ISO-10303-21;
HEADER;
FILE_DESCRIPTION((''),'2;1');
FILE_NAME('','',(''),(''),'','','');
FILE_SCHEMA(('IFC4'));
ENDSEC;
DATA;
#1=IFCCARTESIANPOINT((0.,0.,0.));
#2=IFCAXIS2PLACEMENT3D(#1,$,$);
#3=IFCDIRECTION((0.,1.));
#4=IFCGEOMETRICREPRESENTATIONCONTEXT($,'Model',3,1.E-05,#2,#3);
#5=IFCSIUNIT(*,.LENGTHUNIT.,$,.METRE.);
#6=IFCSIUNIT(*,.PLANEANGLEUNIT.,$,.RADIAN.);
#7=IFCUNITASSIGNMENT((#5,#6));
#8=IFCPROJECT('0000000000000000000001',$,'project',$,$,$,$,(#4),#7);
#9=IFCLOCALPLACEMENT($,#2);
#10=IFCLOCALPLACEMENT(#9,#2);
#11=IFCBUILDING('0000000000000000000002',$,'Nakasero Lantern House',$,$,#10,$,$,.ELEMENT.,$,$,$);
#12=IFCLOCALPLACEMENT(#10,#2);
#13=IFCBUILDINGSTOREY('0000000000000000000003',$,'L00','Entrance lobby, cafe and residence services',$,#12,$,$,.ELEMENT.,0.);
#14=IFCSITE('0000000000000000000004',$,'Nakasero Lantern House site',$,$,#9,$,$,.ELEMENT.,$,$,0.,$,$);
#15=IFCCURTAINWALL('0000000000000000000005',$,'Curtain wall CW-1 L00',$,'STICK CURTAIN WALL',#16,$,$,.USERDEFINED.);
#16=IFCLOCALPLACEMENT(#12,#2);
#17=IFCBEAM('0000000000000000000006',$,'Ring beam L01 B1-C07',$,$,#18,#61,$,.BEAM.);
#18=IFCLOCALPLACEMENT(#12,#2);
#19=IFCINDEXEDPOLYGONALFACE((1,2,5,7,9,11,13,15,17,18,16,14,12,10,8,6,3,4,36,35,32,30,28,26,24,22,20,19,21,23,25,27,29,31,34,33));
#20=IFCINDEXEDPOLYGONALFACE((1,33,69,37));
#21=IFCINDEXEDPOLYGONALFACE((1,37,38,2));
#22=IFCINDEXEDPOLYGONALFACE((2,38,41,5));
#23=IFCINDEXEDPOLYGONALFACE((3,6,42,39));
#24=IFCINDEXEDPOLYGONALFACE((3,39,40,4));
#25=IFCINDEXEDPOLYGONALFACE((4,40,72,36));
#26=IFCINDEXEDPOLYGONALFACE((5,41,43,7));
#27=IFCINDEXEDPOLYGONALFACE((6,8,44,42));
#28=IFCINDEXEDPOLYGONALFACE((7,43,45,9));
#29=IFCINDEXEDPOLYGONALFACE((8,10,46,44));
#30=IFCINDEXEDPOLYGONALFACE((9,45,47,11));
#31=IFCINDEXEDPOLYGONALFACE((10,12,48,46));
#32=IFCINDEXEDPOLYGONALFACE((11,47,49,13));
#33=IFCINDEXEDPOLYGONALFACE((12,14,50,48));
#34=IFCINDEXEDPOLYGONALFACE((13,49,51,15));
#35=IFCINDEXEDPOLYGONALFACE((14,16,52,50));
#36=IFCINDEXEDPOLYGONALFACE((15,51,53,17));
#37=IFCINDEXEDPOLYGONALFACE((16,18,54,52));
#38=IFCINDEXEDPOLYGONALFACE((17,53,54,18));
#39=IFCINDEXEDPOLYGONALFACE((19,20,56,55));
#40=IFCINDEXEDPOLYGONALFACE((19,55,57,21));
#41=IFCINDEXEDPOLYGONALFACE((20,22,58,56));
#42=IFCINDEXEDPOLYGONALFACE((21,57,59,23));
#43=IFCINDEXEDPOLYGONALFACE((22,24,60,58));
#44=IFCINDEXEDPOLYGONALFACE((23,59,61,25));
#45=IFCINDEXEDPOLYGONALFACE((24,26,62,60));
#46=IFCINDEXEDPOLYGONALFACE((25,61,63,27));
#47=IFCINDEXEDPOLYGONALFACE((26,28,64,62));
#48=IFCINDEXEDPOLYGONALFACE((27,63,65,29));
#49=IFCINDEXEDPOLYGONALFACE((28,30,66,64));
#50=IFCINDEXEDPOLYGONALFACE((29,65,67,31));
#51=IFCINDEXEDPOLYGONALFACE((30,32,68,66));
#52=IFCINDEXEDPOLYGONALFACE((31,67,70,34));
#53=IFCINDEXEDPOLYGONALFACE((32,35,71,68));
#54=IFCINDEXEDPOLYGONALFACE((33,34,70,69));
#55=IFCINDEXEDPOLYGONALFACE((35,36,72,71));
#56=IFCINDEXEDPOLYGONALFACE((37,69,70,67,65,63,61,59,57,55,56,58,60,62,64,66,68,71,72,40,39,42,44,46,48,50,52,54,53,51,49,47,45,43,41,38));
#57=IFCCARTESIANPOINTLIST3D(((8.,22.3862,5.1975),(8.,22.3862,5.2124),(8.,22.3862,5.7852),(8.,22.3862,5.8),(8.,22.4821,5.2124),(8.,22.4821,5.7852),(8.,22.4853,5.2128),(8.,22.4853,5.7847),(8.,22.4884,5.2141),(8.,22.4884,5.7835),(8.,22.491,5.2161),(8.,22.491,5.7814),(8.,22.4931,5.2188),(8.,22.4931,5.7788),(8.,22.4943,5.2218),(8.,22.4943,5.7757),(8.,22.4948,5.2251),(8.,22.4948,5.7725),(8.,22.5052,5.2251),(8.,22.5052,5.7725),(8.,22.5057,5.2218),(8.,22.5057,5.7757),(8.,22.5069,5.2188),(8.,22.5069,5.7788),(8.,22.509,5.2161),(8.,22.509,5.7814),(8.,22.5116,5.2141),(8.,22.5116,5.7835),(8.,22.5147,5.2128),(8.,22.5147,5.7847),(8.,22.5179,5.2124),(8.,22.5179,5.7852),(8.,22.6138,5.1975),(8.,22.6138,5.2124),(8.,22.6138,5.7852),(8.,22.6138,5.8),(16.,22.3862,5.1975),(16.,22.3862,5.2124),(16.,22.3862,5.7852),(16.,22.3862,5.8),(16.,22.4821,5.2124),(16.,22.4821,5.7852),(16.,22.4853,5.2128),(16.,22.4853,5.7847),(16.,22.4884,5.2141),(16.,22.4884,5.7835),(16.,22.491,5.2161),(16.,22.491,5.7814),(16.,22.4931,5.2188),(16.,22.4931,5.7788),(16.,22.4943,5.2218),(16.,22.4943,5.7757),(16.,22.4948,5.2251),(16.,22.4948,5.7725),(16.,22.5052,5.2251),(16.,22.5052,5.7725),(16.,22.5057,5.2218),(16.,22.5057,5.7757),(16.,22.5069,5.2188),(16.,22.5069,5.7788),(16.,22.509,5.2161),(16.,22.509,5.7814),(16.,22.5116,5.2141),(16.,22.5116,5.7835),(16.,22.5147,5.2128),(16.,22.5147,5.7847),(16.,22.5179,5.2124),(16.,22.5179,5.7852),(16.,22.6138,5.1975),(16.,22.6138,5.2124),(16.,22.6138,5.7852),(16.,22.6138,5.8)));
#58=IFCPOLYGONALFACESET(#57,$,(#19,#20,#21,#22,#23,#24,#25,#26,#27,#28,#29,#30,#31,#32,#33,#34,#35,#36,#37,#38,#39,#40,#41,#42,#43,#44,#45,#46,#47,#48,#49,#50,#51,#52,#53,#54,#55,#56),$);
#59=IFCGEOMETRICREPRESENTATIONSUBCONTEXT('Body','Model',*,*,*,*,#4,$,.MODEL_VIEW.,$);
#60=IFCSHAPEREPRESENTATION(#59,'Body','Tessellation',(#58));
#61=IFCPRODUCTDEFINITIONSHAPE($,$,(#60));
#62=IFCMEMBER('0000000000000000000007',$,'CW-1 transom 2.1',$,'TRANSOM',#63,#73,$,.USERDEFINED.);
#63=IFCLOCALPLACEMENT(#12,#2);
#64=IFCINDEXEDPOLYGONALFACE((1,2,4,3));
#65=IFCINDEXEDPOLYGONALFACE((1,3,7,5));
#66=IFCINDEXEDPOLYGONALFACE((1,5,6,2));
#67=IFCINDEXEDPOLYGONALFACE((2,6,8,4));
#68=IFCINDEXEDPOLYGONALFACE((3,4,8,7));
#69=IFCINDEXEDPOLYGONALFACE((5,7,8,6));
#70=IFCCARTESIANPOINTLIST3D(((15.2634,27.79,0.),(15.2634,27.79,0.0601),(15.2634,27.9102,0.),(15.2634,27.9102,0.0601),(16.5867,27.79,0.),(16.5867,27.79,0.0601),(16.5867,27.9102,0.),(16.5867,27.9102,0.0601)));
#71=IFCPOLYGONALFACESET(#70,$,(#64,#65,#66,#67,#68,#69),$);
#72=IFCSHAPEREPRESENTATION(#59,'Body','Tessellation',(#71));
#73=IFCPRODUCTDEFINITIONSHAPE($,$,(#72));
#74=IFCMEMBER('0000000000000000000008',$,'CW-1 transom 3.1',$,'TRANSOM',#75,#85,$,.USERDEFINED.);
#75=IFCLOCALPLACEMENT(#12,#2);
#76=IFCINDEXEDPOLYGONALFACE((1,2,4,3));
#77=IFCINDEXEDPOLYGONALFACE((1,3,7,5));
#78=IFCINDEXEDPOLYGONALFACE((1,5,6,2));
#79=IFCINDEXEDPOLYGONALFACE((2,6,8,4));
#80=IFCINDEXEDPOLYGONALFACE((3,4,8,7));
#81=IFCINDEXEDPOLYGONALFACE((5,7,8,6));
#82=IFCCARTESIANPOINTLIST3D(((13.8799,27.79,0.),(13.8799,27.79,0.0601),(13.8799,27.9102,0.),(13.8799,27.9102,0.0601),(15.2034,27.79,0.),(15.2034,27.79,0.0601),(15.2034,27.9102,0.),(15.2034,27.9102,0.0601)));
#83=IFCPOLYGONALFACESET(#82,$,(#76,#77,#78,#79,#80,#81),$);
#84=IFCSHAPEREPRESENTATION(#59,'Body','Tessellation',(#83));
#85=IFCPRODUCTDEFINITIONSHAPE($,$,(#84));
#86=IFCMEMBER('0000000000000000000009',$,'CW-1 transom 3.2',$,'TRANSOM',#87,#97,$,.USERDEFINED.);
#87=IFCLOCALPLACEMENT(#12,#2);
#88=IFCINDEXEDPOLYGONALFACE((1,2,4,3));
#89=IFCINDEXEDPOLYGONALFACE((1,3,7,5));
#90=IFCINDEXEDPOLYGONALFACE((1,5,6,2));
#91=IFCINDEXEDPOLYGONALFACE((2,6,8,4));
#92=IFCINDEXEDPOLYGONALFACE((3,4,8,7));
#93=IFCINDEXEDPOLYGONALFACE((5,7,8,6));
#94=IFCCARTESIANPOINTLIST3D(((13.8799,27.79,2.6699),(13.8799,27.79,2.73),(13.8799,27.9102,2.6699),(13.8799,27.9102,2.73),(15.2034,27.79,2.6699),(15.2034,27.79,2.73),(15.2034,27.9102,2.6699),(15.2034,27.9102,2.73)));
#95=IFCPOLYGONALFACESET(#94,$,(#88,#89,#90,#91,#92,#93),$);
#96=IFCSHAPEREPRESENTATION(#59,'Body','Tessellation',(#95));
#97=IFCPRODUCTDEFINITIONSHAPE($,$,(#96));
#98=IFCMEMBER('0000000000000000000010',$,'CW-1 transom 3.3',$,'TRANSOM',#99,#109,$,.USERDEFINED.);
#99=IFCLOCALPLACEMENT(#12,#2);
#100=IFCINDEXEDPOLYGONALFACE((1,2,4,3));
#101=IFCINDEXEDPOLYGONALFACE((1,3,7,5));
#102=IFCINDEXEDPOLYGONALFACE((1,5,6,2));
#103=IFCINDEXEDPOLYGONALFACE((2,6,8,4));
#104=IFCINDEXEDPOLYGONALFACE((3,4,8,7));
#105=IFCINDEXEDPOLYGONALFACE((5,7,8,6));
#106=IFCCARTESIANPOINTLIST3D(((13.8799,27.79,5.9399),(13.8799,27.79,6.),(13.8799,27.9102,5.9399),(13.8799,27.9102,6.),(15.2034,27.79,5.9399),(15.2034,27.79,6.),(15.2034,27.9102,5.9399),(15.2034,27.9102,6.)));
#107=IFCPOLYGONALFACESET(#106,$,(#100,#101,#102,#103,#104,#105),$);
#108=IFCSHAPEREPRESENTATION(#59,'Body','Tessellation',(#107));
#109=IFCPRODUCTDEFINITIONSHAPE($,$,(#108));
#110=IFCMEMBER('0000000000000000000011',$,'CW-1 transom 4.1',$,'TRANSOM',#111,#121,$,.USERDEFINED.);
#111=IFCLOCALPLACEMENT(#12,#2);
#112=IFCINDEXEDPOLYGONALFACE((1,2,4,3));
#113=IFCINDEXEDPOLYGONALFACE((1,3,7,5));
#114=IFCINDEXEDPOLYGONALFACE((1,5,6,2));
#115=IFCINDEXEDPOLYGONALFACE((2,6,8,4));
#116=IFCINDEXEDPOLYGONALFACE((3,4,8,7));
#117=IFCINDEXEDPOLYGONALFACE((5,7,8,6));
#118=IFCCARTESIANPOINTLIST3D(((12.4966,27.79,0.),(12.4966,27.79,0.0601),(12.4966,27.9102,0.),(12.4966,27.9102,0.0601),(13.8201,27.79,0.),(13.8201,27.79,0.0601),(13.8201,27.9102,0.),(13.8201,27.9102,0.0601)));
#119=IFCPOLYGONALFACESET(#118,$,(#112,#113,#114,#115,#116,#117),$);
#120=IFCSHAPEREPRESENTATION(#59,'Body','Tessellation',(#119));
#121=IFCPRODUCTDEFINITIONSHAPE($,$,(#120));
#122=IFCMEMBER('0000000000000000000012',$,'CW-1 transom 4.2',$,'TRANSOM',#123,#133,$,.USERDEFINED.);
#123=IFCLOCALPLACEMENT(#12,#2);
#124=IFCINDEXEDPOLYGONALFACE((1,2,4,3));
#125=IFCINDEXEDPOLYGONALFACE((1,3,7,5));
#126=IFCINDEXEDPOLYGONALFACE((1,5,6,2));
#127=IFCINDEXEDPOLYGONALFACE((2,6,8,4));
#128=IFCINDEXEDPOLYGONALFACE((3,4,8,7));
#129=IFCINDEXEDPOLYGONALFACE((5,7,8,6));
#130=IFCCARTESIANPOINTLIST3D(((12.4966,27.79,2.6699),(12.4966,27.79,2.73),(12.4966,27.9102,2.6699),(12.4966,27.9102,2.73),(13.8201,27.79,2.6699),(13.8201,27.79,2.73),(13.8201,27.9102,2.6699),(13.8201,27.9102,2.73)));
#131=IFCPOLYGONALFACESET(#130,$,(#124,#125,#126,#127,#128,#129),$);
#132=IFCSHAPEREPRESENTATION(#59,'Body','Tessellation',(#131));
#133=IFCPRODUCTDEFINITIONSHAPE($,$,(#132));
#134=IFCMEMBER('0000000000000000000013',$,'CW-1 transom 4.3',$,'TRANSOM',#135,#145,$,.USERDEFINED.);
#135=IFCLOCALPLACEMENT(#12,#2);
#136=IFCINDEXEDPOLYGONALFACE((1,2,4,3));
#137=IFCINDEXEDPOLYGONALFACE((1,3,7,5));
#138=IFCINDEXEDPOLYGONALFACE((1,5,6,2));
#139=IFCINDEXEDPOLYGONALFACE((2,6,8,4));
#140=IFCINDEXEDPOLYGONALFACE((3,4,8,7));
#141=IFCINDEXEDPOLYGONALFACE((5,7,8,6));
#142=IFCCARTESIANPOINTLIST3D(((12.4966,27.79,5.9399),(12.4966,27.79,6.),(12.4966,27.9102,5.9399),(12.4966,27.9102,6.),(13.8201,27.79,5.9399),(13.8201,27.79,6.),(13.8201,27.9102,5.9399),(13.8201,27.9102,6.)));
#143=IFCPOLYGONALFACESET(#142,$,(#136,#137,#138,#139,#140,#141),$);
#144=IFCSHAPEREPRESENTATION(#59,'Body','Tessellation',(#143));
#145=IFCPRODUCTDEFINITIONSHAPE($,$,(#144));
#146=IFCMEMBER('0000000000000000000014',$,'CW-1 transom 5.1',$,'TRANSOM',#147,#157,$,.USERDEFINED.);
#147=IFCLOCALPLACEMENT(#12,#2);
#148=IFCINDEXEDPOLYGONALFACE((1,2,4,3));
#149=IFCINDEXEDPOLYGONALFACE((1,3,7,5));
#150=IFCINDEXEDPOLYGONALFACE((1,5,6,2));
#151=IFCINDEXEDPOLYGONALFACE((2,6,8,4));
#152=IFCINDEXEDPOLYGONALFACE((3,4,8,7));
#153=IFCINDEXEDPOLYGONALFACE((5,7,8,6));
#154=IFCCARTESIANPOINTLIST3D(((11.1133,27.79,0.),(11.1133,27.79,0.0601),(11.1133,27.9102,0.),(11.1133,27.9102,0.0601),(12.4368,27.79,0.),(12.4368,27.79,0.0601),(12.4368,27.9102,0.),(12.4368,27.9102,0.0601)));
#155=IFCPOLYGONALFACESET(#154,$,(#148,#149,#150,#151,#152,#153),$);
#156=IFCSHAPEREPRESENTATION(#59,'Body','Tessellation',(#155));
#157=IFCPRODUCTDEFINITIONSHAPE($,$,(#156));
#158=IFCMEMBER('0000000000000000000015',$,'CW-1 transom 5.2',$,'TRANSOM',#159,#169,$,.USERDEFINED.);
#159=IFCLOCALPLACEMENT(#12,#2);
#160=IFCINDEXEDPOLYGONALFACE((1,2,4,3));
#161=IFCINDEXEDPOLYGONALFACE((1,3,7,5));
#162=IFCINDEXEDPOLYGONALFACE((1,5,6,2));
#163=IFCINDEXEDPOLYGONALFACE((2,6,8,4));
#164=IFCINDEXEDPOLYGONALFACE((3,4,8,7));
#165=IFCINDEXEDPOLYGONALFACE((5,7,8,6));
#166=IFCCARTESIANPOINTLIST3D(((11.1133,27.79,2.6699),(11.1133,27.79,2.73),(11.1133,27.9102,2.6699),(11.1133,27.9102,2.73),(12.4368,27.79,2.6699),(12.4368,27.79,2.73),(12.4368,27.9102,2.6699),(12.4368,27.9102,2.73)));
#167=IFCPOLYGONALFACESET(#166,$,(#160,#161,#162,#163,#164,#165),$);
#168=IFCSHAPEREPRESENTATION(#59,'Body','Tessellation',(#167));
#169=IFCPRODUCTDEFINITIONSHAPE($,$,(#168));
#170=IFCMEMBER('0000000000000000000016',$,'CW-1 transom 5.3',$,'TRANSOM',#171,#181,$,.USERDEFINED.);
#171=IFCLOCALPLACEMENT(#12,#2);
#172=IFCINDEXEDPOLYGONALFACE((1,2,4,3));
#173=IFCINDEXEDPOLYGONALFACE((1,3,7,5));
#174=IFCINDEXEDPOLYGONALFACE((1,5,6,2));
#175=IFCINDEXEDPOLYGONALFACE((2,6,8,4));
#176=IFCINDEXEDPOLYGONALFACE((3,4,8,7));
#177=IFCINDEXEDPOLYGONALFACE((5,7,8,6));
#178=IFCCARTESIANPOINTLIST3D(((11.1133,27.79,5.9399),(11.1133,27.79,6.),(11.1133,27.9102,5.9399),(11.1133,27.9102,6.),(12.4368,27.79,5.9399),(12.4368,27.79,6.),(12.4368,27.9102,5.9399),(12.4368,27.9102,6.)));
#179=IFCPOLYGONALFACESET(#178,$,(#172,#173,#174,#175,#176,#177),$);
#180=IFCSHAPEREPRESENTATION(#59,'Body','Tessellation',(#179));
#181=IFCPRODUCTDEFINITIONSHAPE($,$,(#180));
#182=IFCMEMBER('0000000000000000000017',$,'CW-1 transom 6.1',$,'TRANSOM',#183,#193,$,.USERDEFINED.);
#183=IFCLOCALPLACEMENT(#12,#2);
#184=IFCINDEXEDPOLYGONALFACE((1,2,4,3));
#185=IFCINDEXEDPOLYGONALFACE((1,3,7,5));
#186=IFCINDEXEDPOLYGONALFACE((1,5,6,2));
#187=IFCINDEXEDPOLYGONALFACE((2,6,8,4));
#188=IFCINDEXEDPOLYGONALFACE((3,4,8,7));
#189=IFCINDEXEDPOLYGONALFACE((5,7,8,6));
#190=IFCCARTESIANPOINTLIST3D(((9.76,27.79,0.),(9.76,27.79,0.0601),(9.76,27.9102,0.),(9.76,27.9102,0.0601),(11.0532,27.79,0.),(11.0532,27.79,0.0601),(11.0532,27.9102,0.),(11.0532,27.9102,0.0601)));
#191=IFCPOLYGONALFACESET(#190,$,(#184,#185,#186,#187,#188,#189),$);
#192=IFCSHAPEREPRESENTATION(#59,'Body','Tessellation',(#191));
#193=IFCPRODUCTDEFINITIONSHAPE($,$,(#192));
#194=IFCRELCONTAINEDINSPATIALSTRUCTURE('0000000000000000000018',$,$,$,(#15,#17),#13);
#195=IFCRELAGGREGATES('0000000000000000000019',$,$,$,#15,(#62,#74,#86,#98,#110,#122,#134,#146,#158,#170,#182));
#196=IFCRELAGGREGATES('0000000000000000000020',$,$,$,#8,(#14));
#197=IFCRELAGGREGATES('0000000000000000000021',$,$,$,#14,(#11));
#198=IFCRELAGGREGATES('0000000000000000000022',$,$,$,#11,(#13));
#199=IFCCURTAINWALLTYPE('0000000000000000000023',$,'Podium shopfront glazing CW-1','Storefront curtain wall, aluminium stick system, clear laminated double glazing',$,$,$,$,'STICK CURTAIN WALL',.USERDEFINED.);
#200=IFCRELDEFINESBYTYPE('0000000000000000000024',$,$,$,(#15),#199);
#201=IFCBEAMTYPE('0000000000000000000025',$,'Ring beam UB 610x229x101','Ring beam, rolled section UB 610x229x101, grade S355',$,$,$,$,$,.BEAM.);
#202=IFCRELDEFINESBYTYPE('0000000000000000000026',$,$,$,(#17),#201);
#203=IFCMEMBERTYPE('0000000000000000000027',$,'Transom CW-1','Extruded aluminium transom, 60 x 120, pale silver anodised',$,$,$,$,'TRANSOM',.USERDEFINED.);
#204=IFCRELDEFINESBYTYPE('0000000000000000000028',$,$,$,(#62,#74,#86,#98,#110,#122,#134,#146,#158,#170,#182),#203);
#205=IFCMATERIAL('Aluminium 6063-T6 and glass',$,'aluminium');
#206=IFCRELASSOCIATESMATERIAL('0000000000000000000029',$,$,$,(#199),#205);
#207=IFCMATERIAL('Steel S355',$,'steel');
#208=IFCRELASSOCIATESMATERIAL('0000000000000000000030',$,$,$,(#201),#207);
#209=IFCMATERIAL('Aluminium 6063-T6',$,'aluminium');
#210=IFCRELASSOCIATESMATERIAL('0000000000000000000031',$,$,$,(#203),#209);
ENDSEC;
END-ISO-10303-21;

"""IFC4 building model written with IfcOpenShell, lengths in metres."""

from ifc_helpers import new_model, si_unit, direction, frame, origin, origin_2d, place, context, subcontext, project, spatial, rectangle, i_section, extrude, material, material_profile, profile_set, type_object, element, aggregate, save


model = new_model("IFC4")

# Units and contexts
model_context = context("Model", 3, precision=1e-05, world=origin(), true_north=direction((0.0, 1.0)))
body_context = subcontext(model_context, "Body", "Model", "MODEL_VIEW")
ifc_project = project(units=[si_unit("LENGTHUNIT", "METRE"), si_unit("PLANEANGLEUNIT", "RADIAN")], contexts=[model_context])

# Site, building, storey
site_placement = place(None, origin())
site = spatial("IfcSite", under=ifc_project, at=site_placement, Name="Nakasero Lantern House site", CompositionType="ELEMENT", RefElevation=0.0)
building_placement = place(site_placement, origin())
building = spatial("IfcBuilding", under=site, at=building_placement, Name="Nakasero Lantern House", CompositionType="ELEMENT")
storey_placement = place(building_placement, origin())
storey = spatial("IfcBuildingStorey", under=building, at=storey_placement, Name="L00", Description="Entrance lobby, cafe and residence services", CompositionType="ELEMENT", Elevation=0.0)

# Curtain wall
ifc_material_1 = material(Name="Aluminium 6063-T6 and glass", Category="aluminium")
curtain_wall_type = type_object("IfcCurtainWallType", Name="Podium shopfront glazing CW-1", Description="Storefront curtain wall, aluminium stick system, clear laminated double glazing", ElementType="STICK CURTAIN WALL", PredefinedType="USERDEFINED", material=ifc_material_1)
curtain_wall_placement = place(storey_placement, origin())
curtain_wall = element("IfcCurtainWall", 1, at=curtain_wall_placement, inside=storey, type_object=curtain_wall_type, Name="Curtain wall CW-1 L00", ObjectType="STICK CURTAIN WALL", PredefinedType="USERDEFINED")

# Beam
ifc_material_2 = material(Name="Steel S355", Category="steel")
ifc_material_profile_1 = material_profile(ifc_material_2, i_section(OverallWidth=0.2275, OverallDepth=0.6025, WebThickness=0.0105, FlangeThickness=0.0149, FilletRadius=0.0127, at=origin_2d()), Name="UB 610x229x101")
ifc_profile_set_1 = profile_set([ifc_material_profile_1], Name="Steel S355")
beam_type_1 = type_object("IfcBeamType", Name="Ring beam UB 610x229x101", Description="Ring beam, rolled section UB 610x229x101, grade S355", PredefinedType="BEAM", material=ifc_profile_set_1)
beam_1_placement = place(storey_placement, frame((16.0, 22.5, 5.4988), z_axis=(-1.0, 0.0, 0.0), x_axis=(0.0, -1.0, 0.0)))
element("IfcBeam", 2, at=beam_1_placement, inside=storey, type_object=beam_type_1, Name="Ring beam L01 B1-C07", PredefinedType="BEAM", context=body_context, shape_type="SweptSolid", body=[
    extrude(i_section(OverallWidth=0.2275, OverallDepth=0.6025, WebThickness=0.0105, FlangeThickness=0.0149, FilletRadius=0.0127, at=origin_2d()), origin(), (0.0, 0.0, 1.0), 8.0),
])

# Members
ifc_material_3 = material(Name="Aluminium 6063-T6", Category="aluminium")
ifc_material_profile_2 = material_profile(ifc_material_3, rectangle(XDim=0.0601, YDim=0.1201, at=origin_2d()), Name="CW-1 transom 60x120")
ifc_profile_set_2 = profile_set([ifc_material_profile_2], Name="Aluminium 6063-T6")
member_type_1 = type_object("IfcMemberType", Name="Transom CW-1", Description="Extruded aluminium transom, 60 x 120, pale silver anodised", ElementType="TRANSOM", PredefinedType="USERDEFINED", material=ifc_profile_set_2)
member_1_placement = place(storey_placement, frame((16.5867, 27.8501, 0.03), z_axis=(-1.0, 0.0, 0.0), x_axis=(0.0, 0.0, 1.0)))
member_1 = element("IfcMember", 3, at=member_1_placement, type_object=member_type_1, Name="CW-1 transom 2.1", ObjectType="TRANSOM", PredefinedType="USERDEFINED", context=body_context, shape_type="SweptSolid", body=[
    extrude(rectangle(XDim=0.0601, YDim=0.1201, at=origin_2d()), origin(), (0.0, 0.0, 1.0), 1.3232),
])
member_2_placement = place(storey_placement, frame((15.2034, 27.8501, 0.03), z_axis=(-1.0, 0.0, 0.0), x_axis=(0.0, 0.0, 1.0)))
member_2 = element("IfcMember", 4, at=member_2_placement, type_object=member_type_1, Name="CW-1 transom 3.1", ObjectType="TRANSOM", PredefinedType="USERDEFINED", context=body_context, shape_type="SweptSolid", body=[
    extrude(rectangle(XDim=0.0601, YDim=0.1201, at=origin_2d()), origin(), (0.0, 0.0, 1.0), 1.3235),
])
member_3_placement = place(storey_placement, frame((15.2034, 27.8501, 2.7), z_axis=(-1.0, 0.0, 0.0), x_axis=(0.0, 0.0, 1.0)))
member_3 = element("IfcMember", 5, at=member_3_placement, type_object=member_type_1, Name="CW-1 transom 3.2", ObjectType="TRANSOM", PredefinedType="USERDEFINED", context=body_context, shape_type="SweptSolid", body=[
    extrude(rectangle(XDim=0.0601, YDim=0.1201, at=origin_2d()), origin(), (0.0, 0.0, 1.0), 1.3235),
])
member_4_placement = place(storey_placement, frame((15.2034, 27.8501, 5.97), z_axis=(-1.0, 0.0, 0.0), x_axis=(0.0, 0.0, 1.0)))
member_4 = element("IfcMember", 6, at=member_4_placement, type_object=member_type_1, Name="CW-1 transom 3.3", ObjectType="TRANSOM", PredefinedType="USERDEFINED", context=body_context, shape_type="SweptSolid", body=[
    extrude(rectangle(XDim=0.0601, YDim=0.1201, at=origin_2d()), origin(), (0.0, 0.0, 1.0), 1.3235),
])
member_5_placement = place(storey_placement, frame((13.8201, 27.8501, 0.03), z_axis=(-1.0, 0.0, 0.0), x_axis=(0.0, 0.0, 1.0)))
member_5 = element("IfcMember", 7, at=member_5_placement, type_object=member_type_1, Name="CW-1 transom 4.1", ObjectType="TRANSOM", PredefinedType="USERDEFINED", context=body_context, shape_type="SweptSolid", body=[
    extrude(rectangle(XDim=0.0601, YDim=0.1201, at=origin_2d()), origin(), (0.0, 0.0, 1.0), 1.3235),
])
member_6_placement = place(storey_placement, frame((13.8201, 27.8501, 2.7), z_axis=(-1.0, 0.0, 0.0), x_axis=(0.0, 0.0, 1.0)))
member_6 = element("IfcMember", 8, at=member_6_placement, type_object=member_type_1, Name="CW-1 transom 4.2", ObjectType="TRANSOM", PredefinedType="USERDEFINED", context=body_context, shape_type="SweptSolid", body=[
    extrude(rectangle(XDim=0.0601, YDim=0.1201, at=origin_2d()), origin(), (0.0, 0.0, 1.0), 1.3235),
])
member_7_placement = place(storey_placement, frame((13.8201, 27.8501, 5.97), z_axis=(-1.0, 0.0, 0.0), x_axis=(0.0, 0.0, 1.0)))
member_7 = element("IfcMember", 9, at=member_7_placement, type_object=member_type_1, Name="CW-1 transom 4.3", ObjectType="TRANSOM", PredefinedType="USERDEFINED", context=body_context, shape_type="SweptSolid", body=[
    extrude(rectangle(XDim=0.0601, YDim=0.1201, at=origin_2d()), origin(), (0.0, 0.0, 1.0), 1.3235),
])
member_8_placement = place(storey_placement, frame((12.4368, 27.8501, 0.03), z_axis=(-1.0, 0.0, 0.0), x_axis=(0.0, 0.0, 1.0)))
member_8 = element("IfcMember", 10, at=member_8_placement, type_object=member_type_1, Name="CW-1 transom 5.1", ObjectType="TRANSOM", PredefinedType="USERDEFINED", context=body_context, shape_type="SweptSolid", body=[
    extrude(rectangle(XDim=0.0601, YDim=0.1201, at=origin_2d()), origin(), (0.0, 0.0, 1.0), 1.3235),
])
member_9_placement = place(storey_placement, frame((12.4368, 27.8501, 2.7), z_axis=(-1.0, 0.0, 0.0), x_axis=(0.0, 0.0, 1.0)))
member_9 = element("IfcMember", 11, at=member_9_placement, type_object=member_type_1, Name="CW-1 transom 5.2", ObjectType="TRANSOM", PredefinedType="USERDEFINED", context=body_context, shape_type="SweptSolid", body=[
    extrude(rectangle(XDim=0.0601, YDim=0.1201, at=origin_2d()), origin(), (0.0, 0.0, 1.0), 1.3235),
])
member_10_placement = place(storey_placement, frame((12.4368, 27.8501, 5.97), z_axis=(-1.0, 0.0, 0.0), x_axis=(0.0, 0.0, 1.0)))
member_10 = element("IfcMember", 12, at=member_10_placement, type_object=member_type_1, Name="CW-1 transom 5.3", ObjectType="TRANSOM", PredefinedType="USERDEFINED", context=body_context, shape_type="SweptSolid", body=[
    extrude(rectangle(XDim=0.0601, YDim=0.1201, at=origin_2d()), origin(), (0.0, 0.0, 1.0), 1.3235),
])
member_11_placement = place(storey_placement, frame((11.0532, 27.8501, 0.03), z_axis=(-1.0, 0.0, 0.0), x_axis=(0.0, 0.0, 1.0)))
member_11 = element("IfcMember", 13, at=member_11_placement, type_object=member_type_1, Name="CW-1 transom 6.1", ObjectType="TRANSOM", PredefinedType="USERDEFINED", context=body_context, shape_type="SweptSolid", body=[
    extrude(rectangle(XDim=0.0601, YDim=0.1201, at=origin_2d()), origin(), (0.0, 0.0, 1.0), 1.2932),
])

aggregate(curtain_wall, [member_1, member_2, member_3, member_4, member_5, member_6, member_7, member_8, member_9, member_10, member_11])

save(model, "model.ifc")
